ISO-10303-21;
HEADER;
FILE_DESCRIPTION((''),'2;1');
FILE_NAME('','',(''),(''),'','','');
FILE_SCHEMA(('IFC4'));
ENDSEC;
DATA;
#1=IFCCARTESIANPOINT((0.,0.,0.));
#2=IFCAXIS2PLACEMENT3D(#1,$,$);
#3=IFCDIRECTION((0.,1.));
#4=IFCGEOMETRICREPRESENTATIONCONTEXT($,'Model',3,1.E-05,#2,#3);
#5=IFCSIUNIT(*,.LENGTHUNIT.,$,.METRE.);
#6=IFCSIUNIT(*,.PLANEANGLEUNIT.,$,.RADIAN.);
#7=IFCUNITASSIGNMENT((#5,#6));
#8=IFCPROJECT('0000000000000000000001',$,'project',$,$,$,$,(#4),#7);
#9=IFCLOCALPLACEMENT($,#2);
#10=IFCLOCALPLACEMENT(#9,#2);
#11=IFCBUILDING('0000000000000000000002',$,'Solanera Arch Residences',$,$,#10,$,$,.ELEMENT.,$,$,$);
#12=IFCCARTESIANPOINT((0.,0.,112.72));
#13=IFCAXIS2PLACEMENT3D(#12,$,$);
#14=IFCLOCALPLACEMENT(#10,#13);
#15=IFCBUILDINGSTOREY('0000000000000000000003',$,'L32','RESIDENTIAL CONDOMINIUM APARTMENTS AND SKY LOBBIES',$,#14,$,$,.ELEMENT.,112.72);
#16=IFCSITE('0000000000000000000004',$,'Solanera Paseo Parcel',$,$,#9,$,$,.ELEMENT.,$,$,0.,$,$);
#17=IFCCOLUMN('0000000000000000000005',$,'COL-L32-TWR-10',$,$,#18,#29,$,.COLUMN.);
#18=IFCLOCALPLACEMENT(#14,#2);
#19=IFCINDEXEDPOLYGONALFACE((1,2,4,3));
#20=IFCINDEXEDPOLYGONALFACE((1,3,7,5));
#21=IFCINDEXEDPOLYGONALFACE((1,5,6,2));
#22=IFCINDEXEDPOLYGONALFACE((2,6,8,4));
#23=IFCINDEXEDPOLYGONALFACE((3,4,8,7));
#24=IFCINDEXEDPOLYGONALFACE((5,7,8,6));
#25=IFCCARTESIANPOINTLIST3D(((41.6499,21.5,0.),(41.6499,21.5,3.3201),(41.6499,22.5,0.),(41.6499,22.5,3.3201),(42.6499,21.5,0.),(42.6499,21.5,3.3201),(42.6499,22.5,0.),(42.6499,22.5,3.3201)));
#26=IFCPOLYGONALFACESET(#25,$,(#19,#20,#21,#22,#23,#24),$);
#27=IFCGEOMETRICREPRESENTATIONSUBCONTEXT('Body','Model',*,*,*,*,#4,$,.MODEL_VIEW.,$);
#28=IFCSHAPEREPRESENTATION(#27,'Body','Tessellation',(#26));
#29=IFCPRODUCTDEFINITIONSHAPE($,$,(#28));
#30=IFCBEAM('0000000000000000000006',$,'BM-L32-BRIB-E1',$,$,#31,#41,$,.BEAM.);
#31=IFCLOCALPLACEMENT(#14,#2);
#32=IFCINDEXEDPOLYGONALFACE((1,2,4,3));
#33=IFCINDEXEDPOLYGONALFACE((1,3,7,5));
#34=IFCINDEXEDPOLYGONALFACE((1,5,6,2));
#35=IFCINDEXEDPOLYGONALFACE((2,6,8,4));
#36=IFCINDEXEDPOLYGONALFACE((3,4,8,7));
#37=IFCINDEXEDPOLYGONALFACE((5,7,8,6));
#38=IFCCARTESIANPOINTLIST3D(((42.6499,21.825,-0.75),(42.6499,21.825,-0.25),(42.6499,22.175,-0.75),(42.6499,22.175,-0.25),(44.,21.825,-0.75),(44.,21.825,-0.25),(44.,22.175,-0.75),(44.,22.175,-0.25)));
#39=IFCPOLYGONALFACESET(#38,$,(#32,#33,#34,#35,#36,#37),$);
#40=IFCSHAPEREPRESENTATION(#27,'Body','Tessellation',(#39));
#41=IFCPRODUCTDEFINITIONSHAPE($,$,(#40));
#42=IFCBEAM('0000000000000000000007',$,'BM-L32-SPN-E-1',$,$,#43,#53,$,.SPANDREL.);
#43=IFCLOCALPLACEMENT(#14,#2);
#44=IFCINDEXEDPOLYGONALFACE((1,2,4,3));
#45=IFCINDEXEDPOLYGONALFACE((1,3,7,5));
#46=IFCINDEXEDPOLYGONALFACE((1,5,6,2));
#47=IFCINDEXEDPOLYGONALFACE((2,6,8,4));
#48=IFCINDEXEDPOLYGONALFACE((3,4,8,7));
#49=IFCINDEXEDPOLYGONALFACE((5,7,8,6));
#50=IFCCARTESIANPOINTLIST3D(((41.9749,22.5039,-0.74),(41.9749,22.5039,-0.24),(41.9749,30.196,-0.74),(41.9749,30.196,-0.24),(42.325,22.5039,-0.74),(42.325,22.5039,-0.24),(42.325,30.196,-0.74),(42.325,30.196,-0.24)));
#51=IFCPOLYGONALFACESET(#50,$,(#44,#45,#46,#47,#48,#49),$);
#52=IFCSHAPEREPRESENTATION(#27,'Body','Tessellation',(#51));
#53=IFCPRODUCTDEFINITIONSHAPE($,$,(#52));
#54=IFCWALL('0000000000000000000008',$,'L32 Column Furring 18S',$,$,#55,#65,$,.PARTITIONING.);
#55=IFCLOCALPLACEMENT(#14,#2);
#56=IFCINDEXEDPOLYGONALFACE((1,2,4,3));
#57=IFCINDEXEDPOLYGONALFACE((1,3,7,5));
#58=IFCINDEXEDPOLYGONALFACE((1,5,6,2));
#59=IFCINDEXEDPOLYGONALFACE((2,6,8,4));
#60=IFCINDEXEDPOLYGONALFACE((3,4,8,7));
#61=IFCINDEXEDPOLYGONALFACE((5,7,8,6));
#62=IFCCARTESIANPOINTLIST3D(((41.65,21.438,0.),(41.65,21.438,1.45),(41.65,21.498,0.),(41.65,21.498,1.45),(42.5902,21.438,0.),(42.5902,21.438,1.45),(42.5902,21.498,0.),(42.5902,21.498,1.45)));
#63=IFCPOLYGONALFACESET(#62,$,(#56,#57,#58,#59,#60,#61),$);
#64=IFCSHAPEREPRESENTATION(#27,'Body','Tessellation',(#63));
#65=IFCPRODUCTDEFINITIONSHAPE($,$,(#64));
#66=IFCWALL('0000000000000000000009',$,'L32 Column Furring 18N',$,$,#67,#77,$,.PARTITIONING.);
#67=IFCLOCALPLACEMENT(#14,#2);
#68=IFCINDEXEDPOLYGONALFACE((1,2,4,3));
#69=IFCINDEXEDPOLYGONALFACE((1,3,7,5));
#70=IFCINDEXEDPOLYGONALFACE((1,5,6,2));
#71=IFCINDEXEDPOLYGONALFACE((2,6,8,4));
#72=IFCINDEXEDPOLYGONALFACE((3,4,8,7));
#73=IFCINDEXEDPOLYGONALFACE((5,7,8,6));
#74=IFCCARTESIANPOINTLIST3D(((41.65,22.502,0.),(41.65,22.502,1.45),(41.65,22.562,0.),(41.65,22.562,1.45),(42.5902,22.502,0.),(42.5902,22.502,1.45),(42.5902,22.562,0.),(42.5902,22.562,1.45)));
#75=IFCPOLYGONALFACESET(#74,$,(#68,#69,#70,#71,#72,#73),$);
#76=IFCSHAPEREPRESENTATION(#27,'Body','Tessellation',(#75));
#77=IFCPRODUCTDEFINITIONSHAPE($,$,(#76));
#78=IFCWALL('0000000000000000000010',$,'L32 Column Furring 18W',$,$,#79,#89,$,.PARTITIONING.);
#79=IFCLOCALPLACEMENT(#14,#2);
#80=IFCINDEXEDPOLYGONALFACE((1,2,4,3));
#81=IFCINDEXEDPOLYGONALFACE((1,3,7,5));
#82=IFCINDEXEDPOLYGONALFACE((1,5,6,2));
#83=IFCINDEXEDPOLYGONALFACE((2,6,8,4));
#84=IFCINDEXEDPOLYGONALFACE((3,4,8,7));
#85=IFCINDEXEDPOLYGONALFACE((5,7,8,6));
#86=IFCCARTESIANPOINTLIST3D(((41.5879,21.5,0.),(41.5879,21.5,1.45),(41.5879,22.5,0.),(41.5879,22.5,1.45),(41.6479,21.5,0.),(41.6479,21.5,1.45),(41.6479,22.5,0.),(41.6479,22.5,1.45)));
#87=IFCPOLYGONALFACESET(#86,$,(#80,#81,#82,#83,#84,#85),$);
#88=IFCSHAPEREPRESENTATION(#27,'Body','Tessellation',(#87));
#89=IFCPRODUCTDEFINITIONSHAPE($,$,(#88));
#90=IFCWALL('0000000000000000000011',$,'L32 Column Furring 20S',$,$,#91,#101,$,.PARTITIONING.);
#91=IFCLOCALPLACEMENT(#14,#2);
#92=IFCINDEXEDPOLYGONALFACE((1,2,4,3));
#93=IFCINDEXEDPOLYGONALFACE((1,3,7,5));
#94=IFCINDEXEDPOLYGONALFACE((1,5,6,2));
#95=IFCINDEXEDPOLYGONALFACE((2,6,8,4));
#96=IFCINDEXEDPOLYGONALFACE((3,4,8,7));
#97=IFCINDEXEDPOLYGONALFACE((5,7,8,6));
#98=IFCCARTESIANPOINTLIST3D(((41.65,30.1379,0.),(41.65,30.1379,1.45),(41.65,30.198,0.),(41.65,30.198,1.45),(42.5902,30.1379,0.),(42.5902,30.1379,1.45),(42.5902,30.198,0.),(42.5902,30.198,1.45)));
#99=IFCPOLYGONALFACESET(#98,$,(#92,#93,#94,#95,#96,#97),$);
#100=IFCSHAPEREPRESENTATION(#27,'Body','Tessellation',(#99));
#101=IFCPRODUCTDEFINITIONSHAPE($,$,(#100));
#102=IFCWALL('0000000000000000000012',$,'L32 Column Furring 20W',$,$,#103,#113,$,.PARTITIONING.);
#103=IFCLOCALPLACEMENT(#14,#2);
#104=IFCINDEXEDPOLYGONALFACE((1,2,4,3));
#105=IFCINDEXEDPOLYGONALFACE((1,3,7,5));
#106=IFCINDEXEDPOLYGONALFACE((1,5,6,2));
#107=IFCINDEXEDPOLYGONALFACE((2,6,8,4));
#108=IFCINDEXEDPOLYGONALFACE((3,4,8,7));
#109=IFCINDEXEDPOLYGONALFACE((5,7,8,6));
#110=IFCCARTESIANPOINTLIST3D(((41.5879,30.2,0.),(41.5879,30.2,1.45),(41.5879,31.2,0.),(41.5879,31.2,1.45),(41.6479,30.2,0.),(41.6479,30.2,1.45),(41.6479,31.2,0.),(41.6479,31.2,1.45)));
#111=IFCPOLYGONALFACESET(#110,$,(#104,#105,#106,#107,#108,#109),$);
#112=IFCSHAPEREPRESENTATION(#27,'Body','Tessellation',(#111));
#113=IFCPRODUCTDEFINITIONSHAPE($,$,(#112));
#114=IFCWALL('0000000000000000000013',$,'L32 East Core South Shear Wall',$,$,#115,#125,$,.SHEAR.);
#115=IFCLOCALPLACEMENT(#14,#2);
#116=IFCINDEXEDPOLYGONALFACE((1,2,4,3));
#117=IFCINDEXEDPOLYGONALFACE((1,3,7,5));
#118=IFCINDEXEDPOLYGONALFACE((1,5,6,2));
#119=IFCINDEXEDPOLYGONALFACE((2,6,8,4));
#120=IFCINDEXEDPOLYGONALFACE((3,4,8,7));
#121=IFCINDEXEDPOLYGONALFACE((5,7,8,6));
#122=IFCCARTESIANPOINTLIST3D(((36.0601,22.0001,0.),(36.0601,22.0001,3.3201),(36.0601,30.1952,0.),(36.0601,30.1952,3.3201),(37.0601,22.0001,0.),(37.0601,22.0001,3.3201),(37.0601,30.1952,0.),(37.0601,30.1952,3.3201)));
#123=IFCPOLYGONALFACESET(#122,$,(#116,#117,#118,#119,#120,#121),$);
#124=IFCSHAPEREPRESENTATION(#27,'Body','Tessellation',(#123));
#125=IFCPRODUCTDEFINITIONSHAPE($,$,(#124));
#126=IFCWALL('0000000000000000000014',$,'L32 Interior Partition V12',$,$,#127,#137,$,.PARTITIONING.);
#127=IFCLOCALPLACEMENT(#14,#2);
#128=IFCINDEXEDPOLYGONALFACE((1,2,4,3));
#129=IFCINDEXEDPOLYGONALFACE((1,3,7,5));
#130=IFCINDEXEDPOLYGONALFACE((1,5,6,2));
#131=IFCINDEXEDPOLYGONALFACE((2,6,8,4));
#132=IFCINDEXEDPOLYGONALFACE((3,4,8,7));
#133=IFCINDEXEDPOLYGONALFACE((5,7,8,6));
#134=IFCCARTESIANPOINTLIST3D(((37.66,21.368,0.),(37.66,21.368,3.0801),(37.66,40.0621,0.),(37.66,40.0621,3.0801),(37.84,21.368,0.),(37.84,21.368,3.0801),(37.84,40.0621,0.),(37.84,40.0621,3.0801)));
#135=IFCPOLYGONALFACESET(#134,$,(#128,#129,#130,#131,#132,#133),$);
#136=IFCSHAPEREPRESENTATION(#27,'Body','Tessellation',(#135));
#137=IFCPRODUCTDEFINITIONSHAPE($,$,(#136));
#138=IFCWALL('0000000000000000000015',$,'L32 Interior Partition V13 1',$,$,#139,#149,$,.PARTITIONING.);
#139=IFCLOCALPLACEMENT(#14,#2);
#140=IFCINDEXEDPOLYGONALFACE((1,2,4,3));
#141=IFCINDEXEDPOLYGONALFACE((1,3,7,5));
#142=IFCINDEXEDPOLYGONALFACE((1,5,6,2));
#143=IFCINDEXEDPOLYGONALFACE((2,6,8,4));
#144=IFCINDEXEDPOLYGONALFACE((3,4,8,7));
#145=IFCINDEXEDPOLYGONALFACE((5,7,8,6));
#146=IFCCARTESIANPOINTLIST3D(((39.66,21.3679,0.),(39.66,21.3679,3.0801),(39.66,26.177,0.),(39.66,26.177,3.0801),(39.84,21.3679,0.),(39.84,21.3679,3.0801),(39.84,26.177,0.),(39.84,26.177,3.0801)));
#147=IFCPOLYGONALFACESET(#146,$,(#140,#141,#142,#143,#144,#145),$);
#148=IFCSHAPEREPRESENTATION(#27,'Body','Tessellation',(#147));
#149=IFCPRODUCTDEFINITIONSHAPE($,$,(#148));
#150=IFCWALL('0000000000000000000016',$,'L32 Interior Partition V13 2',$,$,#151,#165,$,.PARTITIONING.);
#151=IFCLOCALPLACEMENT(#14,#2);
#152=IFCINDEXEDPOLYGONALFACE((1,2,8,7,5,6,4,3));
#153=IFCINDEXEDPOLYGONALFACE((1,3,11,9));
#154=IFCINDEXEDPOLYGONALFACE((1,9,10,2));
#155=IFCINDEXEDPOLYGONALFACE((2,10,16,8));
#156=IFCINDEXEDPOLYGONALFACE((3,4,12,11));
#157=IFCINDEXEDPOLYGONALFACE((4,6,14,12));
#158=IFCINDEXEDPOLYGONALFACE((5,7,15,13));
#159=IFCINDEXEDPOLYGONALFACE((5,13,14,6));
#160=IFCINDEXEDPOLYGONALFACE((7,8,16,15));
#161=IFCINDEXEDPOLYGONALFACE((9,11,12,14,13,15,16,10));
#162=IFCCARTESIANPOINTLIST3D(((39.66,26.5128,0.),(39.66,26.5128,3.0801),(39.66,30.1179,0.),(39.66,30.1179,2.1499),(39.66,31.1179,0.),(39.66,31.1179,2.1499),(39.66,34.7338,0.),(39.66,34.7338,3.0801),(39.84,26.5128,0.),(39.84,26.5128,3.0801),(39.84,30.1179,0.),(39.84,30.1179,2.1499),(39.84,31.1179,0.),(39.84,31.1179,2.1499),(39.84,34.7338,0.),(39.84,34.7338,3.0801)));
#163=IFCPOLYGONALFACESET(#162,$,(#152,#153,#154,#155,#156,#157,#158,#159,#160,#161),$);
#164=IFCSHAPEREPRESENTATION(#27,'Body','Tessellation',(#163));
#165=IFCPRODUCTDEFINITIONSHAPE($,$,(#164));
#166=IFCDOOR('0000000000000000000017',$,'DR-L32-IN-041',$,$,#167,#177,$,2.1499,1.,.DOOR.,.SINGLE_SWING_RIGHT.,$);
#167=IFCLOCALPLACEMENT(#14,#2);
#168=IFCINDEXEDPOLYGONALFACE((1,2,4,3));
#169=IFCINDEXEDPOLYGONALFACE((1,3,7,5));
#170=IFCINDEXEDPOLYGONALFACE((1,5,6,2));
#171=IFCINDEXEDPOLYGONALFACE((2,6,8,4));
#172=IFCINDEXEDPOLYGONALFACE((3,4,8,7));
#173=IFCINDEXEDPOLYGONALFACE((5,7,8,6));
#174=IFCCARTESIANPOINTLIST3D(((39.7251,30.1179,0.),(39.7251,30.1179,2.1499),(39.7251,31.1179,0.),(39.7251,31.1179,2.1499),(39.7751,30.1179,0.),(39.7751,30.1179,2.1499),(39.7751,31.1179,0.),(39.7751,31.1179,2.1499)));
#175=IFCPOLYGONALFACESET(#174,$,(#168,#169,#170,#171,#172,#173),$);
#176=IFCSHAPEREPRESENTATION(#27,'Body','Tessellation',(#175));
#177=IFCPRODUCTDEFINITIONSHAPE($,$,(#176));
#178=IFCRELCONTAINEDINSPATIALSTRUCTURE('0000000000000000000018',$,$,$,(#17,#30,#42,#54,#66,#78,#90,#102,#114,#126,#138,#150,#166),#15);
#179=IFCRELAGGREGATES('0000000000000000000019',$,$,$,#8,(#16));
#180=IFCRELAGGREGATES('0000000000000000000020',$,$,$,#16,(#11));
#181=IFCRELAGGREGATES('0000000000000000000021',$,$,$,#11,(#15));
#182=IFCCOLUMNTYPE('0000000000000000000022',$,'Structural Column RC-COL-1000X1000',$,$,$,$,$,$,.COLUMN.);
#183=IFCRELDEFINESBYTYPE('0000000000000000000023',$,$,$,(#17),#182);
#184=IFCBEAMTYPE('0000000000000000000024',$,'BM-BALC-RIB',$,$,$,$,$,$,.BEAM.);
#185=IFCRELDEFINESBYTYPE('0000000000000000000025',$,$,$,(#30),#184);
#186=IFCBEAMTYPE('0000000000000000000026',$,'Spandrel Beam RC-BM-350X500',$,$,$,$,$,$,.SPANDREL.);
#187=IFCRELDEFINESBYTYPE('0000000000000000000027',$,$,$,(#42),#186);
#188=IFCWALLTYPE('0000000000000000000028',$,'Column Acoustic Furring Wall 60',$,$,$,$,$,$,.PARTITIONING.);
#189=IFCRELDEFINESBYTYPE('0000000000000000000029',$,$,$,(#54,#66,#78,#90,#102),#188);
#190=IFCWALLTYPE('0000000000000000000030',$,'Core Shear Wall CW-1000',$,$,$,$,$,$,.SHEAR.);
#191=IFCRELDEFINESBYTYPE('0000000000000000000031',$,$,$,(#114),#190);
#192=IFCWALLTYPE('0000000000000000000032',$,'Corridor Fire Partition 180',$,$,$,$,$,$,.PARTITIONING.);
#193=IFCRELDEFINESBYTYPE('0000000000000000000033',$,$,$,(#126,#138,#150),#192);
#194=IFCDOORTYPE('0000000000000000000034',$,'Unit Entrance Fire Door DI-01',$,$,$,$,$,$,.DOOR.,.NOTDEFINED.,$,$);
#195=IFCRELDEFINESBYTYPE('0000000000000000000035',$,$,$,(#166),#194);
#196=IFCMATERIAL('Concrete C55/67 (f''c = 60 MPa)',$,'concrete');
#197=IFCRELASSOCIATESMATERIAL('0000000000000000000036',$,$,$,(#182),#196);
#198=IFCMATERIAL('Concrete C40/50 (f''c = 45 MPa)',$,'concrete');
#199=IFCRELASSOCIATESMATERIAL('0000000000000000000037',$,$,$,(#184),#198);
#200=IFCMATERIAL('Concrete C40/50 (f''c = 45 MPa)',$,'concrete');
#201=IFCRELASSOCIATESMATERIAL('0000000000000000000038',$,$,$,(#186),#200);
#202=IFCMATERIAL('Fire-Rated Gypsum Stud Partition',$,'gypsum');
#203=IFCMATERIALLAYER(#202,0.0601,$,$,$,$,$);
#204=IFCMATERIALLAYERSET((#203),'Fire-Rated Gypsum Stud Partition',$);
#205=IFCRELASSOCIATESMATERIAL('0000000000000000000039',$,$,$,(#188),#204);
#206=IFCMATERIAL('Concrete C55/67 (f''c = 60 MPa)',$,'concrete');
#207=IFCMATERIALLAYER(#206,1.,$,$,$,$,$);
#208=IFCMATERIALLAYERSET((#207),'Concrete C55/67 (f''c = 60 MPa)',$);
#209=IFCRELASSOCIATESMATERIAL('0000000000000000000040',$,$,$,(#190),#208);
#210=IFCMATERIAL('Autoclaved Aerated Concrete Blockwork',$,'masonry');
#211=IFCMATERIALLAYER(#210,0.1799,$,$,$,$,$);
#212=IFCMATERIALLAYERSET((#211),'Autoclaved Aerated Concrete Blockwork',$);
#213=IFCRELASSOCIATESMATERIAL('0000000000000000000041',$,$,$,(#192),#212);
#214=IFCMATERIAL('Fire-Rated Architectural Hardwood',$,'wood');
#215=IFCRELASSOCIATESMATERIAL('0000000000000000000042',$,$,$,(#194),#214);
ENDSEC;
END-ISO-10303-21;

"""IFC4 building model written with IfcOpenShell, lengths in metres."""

from ifc_helpers import new_model, si_unit, direction, frame, frame_2d, origin, origin_2d, place, context, subcontext, project, spatial, rectangle, extrude, material, layer, layer_set, material_profile, profile_set, type_object, element, fill, save


model = new_model("IFC4")

# Units and contexts
model_context = context("Model", 3, precision=1e-05, world=origin(), true_north=direction((0.0, 1.0)))
body_context = subcontext(model_context, "Body", "Model", "MODEL_VIEW")
ifc_project = project(units=[si_unit("LENGTHUNIT", "METRE"), si_unit("PLANEANGLEUNIT", "RADIAN")], contexts=[model_context])

# Site, building, storey
site_placement = place(None, origin())
site = spatial("IfcSite", under=ifc_project, at=site_placement, Name="Solanera Paseo Parcel", CompositionType="ELEMENT", RefElevation=0.0)
building_placement = place(site_placement, origin())
building = spatial("IfcBuilding", under=site, at=building_placement, Name="Solanera Arch Residences", CompositionType="ELEMENT")
storey_placement = place(building_placement, frame((0.0, 0.0, 112.72)))
storey = spatial("IfcBuildingStorey", under=building, at=storey_placement, Name="L32", Description="RESIDENTIAL CONDOMINIUM APARTMENTS AND SKY LOBBIES", CompositionType="ELEMENT", Elevation=112.72)

# Column
ifc_material_1 = material(Name="Concrete C55/67 (f'c = 60 MPa)", Category="concrete")
ifc_material_profile_1 = material_profile(ifc_material_1, rectangle(XDim=1.0, YDim=1.0, at=origin_2d()))
ifc_profile_set_1 = profile_set([ifc_material_profile_1], Name="Concrete C55/67 (f'c = 60 MPa)")
column_type = type_object("IfcColumnType", Name="Structural Column RC-COL-1000X1000", PredefinedType="COLUMN", material=ifc_profile_set_1)
column_placement = place(storey_placement, frame((42.1499, 22.0, 0.0), z_axis=(0.0, 0.0, 1.0), x_axis=(1.0, 0.0, 0.0)))
element("IfcColumn", 1, at=column_placement, inside=storey, type_object=column_type, Name="COL-L32-TWR-10", PredefinedType="COLUMN", context=body_context, shape_type="SweptSolid", body=[
    extrude(rectangle(XDim=1.0, YDim=1.0, at=origin_2d()), origin(), (0.0, 0.0, 1.0), 3.3201),
])

# Beams
ifc_material_2 = material(Name="Concrete C40/50 (f'c = 45 MPa)", Category="concrete")
ifc_material_profile_2 = material_profile(ifc_material_2, rectangle(XDim=0.3501, YDim=0.5, at=origin_2d()))
ifc_profile_set_2 = profile_set([ifc_material_profile_2], Name="Concrete C40/50 (f'c = 45 MPa)")
beam_type_1 = type_object("IfcBeamType", Name="BM-BALC-RIB", PredefinedType="BEAM", material=ifc_profile_set_2)
beam_1_placement = place(storey_placement, frame((42.6499, 22.0, -0.5), z_axis=(1.0, 0.0, 0.0), x_axis=(0.0, 1.0, 0.0)))
element("IfcBeam", 2, at=beam_1_placement, inside=storey, type_object=beam_type_1, Name="BM-L32-BRIB-E1", PredefinedType="BEAM", context=body_context, shape_type="SweptSolid", body=[
    extrude(rectangle(XDim=0.3501, YDim=0.5, at=origin_2d()), origin(), (0.0, 0.0, 1.0), 1.3501),
])
ifc_material_3 = material(Name="Concrete C40/50 (f'c = 45 MPa)", Category="concrete")
ifc_material_profile_3 = material_profile(ifc_material_3, rectangle(XDim=0.3501, YDim=0.5, at=origin_2d()))
ifc_profile_set_3 = profile_set([ifc_material_profile_3], Name="Concrete C40/50 (f'c = 45 MPa)")
beam_type_2 = type_object("IfcBeamType", Name="Spandrel Beam RC-BM-350X500", PredefinedType="SPANDREL", material=ifc_profile_set_3)
beam_2_placement = place(storey_placement, frame((42.1499, 22.5039, -0.49), z_axis=(0.0, 1.0, 0.0), x_axis=(-1.0, 0.0, 0.0)))
element("IfcBeam", 3, at=beam_2_placement, inside=storey, type_object=beam_type_2, Name="BM-L32-SPN-E-1", PredefinedType="SPANDREL", context=body_context, shape_type="SweptSolid", body=[
    extrude(rectangle(XDim=0.3501, YDim=0.5, at=origin_2d()), origin(), (0.0, 0.0, 1.0), 7.6921),
])

# Walls
ifc_material_4 = material(Name="Fire-Rated Gypsum Stud Partition", Category="gypsum")
ifc_layer_1 = layer(ifc_material_4, 0.0601)
ifc_layer_set_1 = layer_set([ifc_layer_1], Name="Fire-Rated Gypsum Stud Partition")
wall_type_1 = type_object("IfcWallType", Name="Column Acoustic Furring Wall 60", PredefinedType="PARTITIONING", material=ifc_layer_set_1)
for number, where, z_axis, x_axis, name in (
    (4, (41.6499, 21.468, 0.0), (0.0, 0.0, 1.0), (1.0, 0.0, 0.0), "L32 Column Furring 18S"),
    (5, (41.6499, 22.532, 0.0), (0.0, 0.0, 1.0), (1.0, 0.0, 0.0), "L32 Column Furring 18N"),
):
    element("IfcWall", number, at=place(storey_placement, frame(where, z_axis=z_axis, x_axis=x_axis)), inside=storey, type_object=wall_type_1, Name=name, PredefinedType="PARTITIONING", context=body_context, shape_type="SweptSolid", body=[
        extrude(rectangle(XDim=0.9402, YDim=0.0601, at=frame_2d((0.4702, 0.0))), origin(), (0.0, 0.0, 1.0), 1.45),
    ])
wall_1_placement = place(storey_placement, frame((41.6179, 21.5, 0.0), z_axis=(0.0, 0.0, 1.0), x_axis=(0.0, 1.0, 0.0)))
element("IfcWall", 6, at=wall_1_placement, inside=storey, type_object=wall_type_1, Name="L32 Column Furring 18W", PredefinedType="PARTITIONING", context=body_context, shape_type="SweptSolid", body=[
    extrude(rectangle(XDim=1.0, YDim=0.0601, at=frame_2d((0.5, 0.0))), origin(), (0.0, 0.0, 1.0), 1.45),
])
wall_2_placement = place(storey_placement, frame((41.6499, 30.168, 0.0), z_axis=(0.0, 0.0, 1.0), x_axis=(1.0, 0.0, 0.0)))
element("IfcWall", 7, at=wall_2_placement, inside=storey, type_object=wall_type_1, Name="L32 Column Furring 20S", PredefinedType="PARTITIONING", context=body_context, shape_type="SweptSolid", body=[
    extrude(rectangle(XDim=0.9402, YDim=0.0601, at=frame_2d((0.4702, 0.0))), origin(), (0.0, 0.0, 1.0), 1.45),
])
wall_3_placement = place(storey_placement, frame((41.6179, 30.2, 0.0), z_axis=(0.0, 0.0, 1.0), x_axis=(0.0, 1.0, 0.0)))
element("IfcWall", 8, at=wall_3_placement, inside=storey, type_object=wall_type_1, Name="L32 Column Furring 20W", PredefinedType="PARTITIONING", context=body_context, shape_type="SweptSolid", body=[
    extrude(rectangle(XDim=1.0, YDim=0.0601, at=frame_2d((0.5, 0.0))), origin(), (0.0, 0.0, 1.0), 1.45),
])
ifc_material_5 = material(Name="Concrete C55/67 (f'c = 60 MPa)", Category="concrete")
ifc_layer_2 = layer(ifc_material_5, 1.0)
ifc_layer_set_2 = layer_set([ifc_layer_2], Name="Concrete C55/67 (f'c = 60 MPa)")
wall_type_2 = type_object("IfcWallType", Name="Core Shear Wall CW-1000", PredefinedType="SHEAR", material=ifc_layer_set_2)
wall_4_placement = place(storey_placement, frame((36.5601, 22.0, 0.0), z_axis=(0.0, 0.0, 1.0), x_axis=(0.0, 1.0, 0.0)))
element("IfcWall", 9, at=wall_4_placement, inside=storey, type_object=wall_type_2, Name="L32 East Core South Shear Wall", PredefinedType="SHEAR", context=body_context, shape_type="SweptSolid", body=[
    extrude(rectangle(XDim=8.1951, YDim=1.0, at=frame_2d((4.0977, 0.0))), origin(), (0.0, 0.0, 1.0), 3.3201),
])
ifc_material_6 = material(Name="Autoclaved Aerated Concrete Blockwork", Category="masonry")
ifc_layer_3 = layer(ifc_material_6, 0.1799)
ifc_layer_set_3 = layer_set([ifc_layer_3], Name="Autoclaved Aerated Concrete Blockwork")
wall_type_3 = type_object("IfcWallType", Name="Corridor Fire Partition 180", PredefinedType="PARTITIONING", material=ifc_layer_set_3)
wall_5_placement = place(storey_placement, frame((37.75, 21.3679, 0.0), z_axis=(0.0, 0.0, 1.0), x_axis=(0.0, 1.0, 0.0)))
element("IfcWall", 10, at=wall_5_placement, inside=storey, type_object=wall_type_3, Name="L32 Interior Partition V12", PredefinedType="PARTITIONING", context=body_context, shape_type="SweptSolid", body=[
    extrude(rectangle(XDim=18.6941, YDim=0.1799, at=frame_2d((9.3472, 0.0))), origin(), (0.0, 0.0, 1.0), 3.0801),
])
wall_6_placement = place(storey_placement, frame((39.75, 21.3679, 0.0), z_axis=(0.0, 0.0, 1.0), x_axis=(0.0, 1.0, 0.0)))
element("IfcWall", 11, at=wall_6_placement, inside=storey, type_object=wall_type_3, Name="L32 Interior Partition V13 1", PredefinedType="PARTITIONING", context=body_context, shape_type="SweptSolid", body=[
    extrude(rectangle(XDim=4.8091, YDim=0.1799, at=frame_2d((2.4045, 0.0))), origin(), (0.0, 0.0, 1.0), 3.0801),
])

# Wall, opening, door
wall_7_placement = place(storey_placement, frame((39.75, 26.5129, 0.0), z_axis=(0.0, 0.0, 1.0), x_axis=(0.0, 1.0, 0.0)))
wall_7 = element("IfcWall", 12, at=wall_7_placement, inside=storey, type_object=wall_type_3, Name="L32 Interior Partition V13 2", PredefinedType="PARTITIONING", context=body_context, shape_type="SweptSolid", body=[
    extrude(rectangle(XDim=8.2209, YDim=0.1799, at=frame_2d((4.1104, 0.0))), origin(), (0.0, 0.0, 1.0), 3.0801),
])
opening_1_placement = place(wall_7_placement, frame((3.605, 0.0, 0.0)))
opening_1 = element("IfcOpeningElement", 13, at=opening_1_placement, cuts=wall_7, PredefinedType="OPENING", context=body_context, shape_type="SweptSolid", body=[
    extrude(rectangle(XDim=1.0, YDim=2.1499, at=frame_2d((0.5, 1.075))), frame((0.0, 0.1001, 0.0), z_axis=(0.0, -1.0, 0.0), x_axis=(1.0, 0.0, 0.0)), (0.0, 0.0, 1.0), 0.1999),
])
ifc_material_7 = material(Name="Fire-Rated Architectural Hardwood", Category="wood")
door_type_1 = type_object("IfcDoorType", Name="Unit Entrance Fire Door DI-01", OperationType="NOTDEFINED", PredefinedType="DOOR", material=ifc_material_7)
door_1_placement = place(opening_1_placement, origin())
door_1 = element("IfcDoor", 14, at=door_1_placement, inside=storey, type_object=door_type_1, Name="DR-L32-IN-041", OperationType="SINGLE_SWING_RIGHT", OverallHeight=2.1499, OverallWidth=1.0, PredefinedType="DOOR", context=body_context, shape_type="SweptSolid", body=[
    extrude(rectangle(XDim=1.0, YDim=2.1499, at=frame_2d((0.5, 1.075))), frame((0.0, 0.0249, 0.0), z_axis=(0.0, -1.0, 0.0), x_axis=(1.0, 0.0, 0.0)), (0.0, 0.0, 1.0), 0.05),
])
fill(opening_1, door_1)

save(model, "model.ifc")
